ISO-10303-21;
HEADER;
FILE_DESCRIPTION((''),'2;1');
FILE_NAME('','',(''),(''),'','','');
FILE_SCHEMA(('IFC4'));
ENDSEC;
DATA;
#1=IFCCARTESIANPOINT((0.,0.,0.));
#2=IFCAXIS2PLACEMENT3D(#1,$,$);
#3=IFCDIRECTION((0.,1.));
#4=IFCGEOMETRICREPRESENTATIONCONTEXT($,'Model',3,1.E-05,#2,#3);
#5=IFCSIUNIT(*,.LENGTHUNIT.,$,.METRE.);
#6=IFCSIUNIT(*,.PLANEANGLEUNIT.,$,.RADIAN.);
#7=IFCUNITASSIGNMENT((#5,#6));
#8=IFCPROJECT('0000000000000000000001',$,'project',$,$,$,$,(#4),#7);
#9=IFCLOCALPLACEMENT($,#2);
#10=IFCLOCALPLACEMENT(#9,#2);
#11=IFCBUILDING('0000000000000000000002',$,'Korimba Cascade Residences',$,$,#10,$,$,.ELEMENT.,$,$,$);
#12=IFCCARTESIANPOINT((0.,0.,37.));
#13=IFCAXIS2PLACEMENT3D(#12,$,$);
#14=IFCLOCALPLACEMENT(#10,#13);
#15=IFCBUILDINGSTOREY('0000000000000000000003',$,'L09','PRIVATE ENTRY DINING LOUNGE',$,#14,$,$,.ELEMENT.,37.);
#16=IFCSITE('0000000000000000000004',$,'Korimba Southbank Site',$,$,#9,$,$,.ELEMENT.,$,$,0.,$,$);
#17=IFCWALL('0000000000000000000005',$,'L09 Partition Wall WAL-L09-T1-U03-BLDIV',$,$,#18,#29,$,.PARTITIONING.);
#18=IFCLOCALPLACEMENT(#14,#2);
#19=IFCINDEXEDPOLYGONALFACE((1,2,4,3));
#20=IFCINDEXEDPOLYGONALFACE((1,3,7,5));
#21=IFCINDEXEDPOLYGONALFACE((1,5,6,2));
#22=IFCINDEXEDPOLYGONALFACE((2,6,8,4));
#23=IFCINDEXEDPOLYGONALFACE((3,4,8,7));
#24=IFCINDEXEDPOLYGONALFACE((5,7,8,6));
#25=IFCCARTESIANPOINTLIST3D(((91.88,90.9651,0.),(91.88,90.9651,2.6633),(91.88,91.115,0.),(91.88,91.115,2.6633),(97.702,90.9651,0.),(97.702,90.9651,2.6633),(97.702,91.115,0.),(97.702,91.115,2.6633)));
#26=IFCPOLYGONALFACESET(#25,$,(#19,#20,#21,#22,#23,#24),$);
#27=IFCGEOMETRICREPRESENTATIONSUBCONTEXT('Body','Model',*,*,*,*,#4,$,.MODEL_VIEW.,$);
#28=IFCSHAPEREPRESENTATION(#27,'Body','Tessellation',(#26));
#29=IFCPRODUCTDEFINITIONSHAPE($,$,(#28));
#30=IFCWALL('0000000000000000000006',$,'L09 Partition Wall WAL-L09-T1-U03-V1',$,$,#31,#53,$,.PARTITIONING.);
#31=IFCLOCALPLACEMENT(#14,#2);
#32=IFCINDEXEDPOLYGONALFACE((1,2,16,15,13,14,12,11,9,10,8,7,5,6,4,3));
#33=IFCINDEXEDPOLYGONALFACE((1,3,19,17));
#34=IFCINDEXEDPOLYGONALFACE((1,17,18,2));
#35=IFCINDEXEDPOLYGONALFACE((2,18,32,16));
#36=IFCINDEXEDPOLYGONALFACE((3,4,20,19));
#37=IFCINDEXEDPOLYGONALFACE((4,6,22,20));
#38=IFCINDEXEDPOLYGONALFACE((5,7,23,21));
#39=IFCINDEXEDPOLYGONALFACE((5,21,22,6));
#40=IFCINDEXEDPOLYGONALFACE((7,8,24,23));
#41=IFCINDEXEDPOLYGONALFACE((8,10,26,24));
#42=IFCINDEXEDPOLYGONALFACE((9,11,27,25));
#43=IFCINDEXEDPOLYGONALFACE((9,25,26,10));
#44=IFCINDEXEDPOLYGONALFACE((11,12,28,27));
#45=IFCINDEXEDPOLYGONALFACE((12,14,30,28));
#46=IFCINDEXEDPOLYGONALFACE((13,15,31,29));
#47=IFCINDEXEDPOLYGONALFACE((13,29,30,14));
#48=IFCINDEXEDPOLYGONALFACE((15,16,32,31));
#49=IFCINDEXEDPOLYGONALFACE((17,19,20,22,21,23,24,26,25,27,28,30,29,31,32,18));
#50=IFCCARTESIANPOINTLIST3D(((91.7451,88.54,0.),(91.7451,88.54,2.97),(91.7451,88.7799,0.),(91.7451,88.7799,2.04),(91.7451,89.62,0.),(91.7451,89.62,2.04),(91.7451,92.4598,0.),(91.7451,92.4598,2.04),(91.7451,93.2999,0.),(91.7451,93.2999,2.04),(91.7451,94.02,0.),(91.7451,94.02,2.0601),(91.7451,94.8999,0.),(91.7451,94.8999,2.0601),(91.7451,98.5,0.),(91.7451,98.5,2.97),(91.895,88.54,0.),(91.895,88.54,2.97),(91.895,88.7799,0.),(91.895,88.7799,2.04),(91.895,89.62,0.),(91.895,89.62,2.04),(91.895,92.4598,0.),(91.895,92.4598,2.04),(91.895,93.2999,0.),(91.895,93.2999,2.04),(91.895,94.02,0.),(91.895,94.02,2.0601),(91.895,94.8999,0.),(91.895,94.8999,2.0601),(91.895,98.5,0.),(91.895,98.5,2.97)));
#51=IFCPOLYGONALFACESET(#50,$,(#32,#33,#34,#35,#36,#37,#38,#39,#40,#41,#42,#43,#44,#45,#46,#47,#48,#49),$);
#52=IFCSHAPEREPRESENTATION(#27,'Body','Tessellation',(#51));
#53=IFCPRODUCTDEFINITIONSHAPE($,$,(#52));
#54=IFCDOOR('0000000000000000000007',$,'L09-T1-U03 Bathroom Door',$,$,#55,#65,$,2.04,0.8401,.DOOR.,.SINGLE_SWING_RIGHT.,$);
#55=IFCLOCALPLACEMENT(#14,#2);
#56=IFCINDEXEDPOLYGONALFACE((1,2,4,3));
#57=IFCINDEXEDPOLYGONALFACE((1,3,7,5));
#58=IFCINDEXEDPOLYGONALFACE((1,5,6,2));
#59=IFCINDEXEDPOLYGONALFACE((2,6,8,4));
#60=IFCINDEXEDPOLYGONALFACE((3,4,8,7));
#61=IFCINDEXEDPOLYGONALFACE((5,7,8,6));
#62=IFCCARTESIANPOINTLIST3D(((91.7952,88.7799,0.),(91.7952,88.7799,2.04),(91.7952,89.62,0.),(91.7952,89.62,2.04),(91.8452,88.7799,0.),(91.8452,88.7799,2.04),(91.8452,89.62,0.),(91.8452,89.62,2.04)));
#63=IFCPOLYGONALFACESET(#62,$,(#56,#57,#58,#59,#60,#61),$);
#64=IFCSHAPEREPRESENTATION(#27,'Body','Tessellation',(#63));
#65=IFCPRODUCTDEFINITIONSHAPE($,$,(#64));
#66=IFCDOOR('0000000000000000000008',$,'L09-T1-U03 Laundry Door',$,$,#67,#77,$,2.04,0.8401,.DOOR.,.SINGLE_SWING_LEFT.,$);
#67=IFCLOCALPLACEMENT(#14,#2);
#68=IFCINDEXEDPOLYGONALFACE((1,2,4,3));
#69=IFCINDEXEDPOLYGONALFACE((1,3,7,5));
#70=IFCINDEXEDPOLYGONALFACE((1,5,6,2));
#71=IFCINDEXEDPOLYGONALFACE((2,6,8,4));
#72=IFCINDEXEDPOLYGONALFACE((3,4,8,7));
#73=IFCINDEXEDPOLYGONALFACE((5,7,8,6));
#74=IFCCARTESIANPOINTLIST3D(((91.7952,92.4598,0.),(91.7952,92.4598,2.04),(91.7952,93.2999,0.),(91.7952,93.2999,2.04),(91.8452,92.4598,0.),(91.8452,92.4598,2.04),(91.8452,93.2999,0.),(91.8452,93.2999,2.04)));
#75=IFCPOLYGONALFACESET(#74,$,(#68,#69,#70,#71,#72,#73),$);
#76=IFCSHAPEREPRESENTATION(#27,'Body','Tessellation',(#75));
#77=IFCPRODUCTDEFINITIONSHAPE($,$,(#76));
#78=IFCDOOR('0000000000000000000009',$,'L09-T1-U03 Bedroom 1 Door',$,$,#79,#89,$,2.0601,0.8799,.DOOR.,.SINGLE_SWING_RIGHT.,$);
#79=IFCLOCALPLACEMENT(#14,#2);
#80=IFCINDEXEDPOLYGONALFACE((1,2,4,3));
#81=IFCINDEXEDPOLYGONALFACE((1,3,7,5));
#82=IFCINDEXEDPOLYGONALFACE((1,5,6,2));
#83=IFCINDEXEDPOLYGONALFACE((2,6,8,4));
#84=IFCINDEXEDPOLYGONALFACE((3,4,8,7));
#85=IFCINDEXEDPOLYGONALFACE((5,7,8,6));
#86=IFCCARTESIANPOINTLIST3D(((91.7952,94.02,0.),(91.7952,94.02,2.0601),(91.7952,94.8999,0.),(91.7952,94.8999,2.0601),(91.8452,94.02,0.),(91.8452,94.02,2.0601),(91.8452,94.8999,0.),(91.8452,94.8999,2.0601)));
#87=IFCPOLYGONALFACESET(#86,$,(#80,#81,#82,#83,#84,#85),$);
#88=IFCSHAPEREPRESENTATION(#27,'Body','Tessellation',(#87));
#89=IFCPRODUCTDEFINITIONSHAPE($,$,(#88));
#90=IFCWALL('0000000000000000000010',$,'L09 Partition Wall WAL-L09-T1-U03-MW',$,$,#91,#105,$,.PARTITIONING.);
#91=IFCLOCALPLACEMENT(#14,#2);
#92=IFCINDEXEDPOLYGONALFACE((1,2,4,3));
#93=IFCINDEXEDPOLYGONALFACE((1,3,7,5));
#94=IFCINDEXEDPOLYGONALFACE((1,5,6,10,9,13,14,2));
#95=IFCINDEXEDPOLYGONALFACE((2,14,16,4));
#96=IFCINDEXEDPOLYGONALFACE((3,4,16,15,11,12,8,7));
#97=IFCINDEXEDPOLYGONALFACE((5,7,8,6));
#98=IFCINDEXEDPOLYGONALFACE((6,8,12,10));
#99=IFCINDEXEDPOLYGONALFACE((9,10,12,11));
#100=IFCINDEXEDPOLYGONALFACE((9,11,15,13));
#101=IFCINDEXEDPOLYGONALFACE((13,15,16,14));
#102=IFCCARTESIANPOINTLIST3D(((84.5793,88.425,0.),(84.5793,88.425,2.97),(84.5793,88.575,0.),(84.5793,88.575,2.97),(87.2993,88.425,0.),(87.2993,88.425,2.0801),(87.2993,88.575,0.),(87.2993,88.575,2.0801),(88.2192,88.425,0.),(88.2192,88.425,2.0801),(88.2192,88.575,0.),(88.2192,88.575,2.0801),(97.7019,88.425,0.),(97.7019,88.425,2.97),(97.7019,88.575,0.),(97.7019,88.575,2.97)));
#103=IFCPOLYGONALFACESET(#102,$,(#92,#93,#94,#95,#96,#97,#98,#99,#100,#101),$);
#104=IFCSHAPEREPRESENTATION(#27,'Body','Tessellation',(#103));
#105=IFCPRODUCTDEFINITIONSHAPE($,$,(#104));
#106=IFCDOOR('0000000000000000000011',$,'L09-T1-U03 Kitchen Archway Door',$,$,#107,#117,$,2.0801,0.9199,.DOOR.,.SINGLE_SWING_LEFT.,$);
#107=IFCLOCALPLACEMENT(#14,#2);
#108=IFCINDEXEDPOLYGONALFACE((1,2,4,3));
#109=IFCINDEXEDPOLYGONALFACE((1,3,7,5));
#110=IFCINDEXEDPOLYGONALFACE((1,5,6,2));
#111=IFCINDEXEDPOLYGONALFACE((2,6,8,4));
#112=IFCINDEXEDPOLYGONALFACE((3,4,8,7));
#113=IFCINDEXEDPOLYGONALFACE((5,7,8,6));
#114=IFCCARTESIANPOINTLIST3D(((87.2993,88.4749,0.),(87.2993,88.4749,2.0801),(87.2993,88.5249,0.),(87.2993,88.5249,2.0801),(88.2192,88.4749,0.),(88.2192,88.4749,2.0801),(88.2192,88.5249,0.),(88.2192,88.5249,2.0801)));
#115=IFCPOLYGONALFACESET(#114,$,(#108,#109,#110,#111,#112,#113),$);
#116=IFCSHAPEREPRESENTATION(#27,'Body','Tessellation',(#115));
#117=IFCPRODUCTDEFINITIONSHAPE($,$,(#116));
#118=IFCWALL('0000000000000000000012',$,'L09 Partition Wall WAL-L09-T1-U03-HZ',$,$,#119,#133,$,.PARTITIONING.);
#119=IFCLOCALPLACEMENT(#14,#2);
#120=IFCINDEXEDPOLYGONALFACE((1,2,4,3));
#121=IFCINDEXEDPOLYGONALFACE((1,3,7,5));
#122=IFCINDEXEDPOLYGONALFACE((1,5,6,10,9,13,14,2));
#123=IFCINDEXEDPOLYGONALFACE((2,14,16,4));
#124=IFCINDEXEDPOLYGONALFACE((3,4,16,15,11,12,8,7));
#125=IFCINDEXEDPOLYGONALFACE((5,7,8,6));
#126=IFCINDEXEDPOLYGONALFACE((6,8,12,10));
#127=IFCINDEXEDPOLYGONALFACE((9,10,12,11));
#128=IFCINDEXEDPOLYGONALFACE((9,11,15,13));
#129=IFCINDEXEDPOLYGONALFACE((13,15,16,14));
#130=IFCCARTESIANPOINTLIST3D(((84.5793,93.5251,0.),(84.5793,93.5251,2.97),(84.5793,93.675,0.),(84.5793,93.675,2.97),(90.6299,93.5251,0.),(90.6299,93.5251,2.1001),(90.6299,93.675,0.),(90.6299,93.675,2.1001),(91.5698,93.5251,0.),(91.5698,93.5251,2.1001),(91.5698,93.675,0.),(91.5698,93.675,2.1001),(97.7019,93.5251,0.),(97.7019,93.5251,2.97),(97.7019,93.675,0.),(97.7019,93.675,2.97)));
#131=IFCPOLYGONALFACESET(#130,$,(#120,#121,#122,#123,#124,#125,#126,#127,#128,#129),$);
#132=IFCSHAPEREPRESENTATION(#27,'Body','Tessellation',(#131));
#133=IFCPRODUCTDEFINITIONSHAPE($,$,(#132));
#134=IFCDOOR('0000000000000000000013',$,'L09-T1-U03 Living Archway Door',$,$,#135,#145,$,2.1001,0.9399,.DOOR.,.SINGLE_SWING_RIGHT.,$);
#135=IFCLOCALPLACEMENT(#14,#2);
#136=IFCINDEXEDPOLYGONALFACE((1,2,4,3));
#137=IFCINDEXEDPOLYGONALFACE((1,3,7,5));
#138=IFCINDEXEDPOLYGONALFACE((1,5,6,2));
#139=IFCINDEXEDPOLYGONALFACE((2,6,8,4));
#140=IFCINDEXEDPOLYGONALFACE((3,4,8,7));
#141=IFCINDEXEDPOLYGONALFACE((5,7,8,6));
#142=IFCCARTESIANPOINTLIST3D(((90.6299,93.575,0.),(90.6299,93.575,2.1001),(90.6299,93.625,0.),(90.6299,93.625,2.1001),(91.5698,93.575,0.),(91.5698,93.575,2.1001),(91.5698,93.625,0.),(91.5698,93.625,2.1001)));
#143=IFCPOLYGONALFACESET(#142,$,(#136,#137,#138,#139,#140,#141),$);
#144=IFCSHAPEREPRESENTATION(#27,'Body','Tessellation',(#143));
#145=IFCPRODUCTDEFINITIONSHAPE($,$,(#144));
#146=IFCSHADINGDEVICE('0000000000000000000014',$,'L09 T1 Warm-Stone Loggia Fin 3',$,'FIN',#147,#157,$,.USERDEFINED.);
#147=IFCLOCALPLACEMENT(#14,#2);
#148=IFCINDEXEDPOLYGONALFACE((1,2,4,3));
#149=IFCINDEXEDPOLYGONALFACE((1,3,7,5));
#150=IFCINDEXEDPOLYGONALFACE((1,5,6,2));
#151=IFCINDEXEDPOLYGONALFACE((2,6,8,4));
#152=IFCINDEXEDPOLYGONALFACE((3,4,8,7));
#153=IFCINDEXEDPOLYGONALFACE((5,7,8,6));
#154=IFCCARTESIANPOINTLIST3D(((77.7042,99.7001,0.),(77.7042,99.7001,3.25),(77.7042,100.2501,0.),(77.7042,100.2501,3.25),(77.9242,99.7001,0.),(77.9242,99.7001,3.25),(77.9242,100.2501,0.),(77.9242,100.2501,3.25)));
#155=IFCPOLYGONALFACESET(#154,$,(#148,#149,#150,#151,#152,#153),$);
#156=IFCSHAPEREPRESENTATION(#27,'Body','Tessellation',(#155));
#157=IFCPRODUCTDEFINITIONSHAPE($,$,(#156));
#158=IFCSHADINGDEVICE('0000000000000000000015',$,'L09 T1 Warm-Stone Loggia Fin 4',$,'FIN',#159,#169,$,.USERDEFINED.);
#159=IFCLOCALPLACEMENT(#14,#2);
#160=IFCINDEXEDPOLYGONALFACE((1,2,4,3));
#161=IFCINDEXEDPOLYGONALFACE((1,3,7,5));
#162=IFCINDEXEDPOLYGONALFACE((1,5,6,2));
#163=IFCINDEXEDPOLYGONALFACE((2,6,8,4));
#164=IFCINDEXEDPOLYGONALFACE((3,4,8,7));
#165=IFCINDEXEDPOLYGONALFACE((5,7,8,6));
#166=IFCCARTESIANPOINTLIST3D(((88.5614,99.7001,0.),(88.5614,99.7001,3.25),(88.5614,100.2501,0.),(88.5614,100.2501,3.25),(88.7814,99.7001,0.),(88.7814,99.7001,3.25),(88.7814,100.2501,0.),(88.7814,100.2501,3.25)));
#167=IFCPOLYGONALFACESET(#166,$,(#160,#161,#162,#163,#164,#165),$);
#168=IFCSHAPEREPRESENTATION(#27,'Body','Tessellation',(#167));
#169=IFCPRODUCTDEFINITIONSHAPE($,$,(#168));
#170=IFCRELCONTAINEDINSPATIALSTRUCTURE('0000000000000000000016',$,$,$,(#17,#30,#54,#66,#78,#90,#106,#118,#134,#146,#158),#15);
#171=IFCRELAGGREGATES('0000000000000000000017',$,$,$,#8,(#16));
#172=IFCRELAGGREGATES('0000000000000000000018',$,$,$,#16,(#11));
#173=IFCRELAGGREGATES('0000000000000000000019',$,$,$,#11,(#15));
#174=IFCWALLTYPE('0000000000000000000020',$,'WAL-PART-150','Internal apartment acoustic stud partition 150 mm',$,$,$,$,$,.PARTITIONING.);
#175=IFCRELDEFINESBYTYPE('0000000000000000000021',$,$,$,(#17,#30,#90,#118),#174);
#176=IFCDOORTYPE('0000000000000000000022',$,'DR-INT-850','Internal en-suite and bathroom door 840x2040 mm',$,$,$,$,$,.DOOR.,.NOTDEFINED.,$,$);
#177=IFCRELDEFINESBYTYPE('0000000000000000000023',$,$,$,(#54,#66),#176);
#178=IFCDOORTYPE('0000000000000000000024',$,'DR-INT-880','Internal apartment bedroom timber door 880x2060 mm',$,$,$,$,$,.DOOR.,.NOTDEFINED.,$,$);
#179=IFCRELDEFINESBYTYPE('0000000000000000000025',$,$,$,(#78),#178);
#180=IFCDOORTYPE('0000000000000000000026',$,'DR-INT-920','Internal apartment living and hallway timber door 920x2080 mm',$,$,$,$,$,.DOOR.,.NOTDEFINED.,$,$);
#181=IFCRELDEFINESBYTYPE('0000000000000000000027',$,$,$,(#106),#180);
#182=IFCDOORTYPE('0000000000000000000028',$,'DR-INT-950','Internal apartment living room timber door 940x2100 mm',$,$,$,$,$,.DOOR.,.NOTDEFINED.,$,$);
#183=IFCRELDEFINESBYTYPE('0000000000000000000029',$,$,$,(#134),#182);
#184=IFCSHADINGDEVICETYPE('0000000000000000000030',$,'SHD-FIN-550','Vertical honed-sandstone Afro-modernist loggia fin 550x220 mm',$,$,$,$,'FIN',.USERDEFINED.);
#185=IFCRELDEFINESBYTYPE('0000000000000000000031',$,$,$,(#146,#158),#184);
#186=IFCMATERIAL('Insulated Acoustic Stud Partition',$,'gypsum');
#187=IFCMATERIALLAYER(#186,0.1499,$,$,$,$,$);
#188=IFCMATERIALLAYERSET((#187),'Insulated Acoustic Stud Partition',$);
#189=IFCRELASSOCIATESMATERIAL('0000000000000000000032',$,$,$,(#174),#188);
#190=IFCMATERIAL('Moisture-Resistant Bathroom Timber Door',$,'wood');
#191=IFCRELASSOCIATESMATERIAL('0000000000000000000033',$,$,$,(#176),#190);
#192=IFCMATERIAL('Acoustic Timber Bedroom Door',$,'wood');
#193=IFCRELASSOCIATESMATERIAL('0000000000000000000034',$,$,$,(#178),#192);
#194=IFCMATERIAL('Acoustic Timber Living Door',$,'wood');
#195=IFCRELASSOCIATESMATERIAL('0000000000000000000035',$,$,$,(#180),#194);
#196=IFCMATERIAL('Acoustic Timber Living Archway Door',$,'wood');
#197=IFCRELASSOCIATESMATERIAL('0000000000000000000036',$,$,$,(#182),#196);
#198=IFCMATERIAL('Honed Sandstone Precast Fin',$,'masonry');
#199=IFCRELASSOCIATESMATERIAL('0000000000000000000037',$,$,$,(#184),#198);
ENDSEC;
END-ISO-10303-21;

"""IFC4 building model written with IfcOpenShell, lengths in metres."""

from ifc_helpers import new_model, si_unit, direction, frame, frame_2d, origin, origin_2d, place, context, subcontext, project, spatial, rectangle, extrude, material, layer, layer_set, type_object, element, fill, save


model = new_model("IFC4")

# Units and contexts
model_context = context("Model", 3, precision=1e-05, world=origin(), true_north=direction((0.0, 1.0)))
body_context = subcontext(model_context, "Body", "Model", "MODEL_VIEW")
ifc_project = project(units=[si_unit("LENGTHUNIT", "METRE"), si_unit("PLANEANGLEUNIT", "RADIAN")], contexts=[model_context])

# Site, building, storey
site_placement = place(None, origin())
site = spatial("IfcSite", under=ifc_project, at=site_placement, Name="Korimba Southbank Site", CompositionType="ELEMENT", RefElevation=0.0)
building_placement = place(site_placement, origin())
building = spatial("IfcBuilding", under=site, at=building_placement, Name="Korimba Cascade Residences", CompositionType="ELEMENT")
storey_placement = place(building_placement, frame((0.0, 0.0, 37.0)))
storey = spatial("IfcBuildingStorey", under=building, at=storey_placement, Name="L09", Description="PRIVATE ENTRY DINING LOUNGE", CompositionType="ELEMENT", Elevation=37.0)

# Wall
ifc_material_1 = material(Name="Insulated Acoustic Stud Partition", Category="gypsum")
ifc_layer = layer(ifc_material_1, 0.1499)
ifc_layer_set = layer_set([ifc_layer], Name="Insulated Acoustic Stud Partition")
wall_type = type_object("IfcWallType", Name="WAL-PART-150", Description="Internal apartment acoustic stud partition 150 mm", PredefinedType="PARTITIONING", material=ifc_layer_set)
wall_1_placement = place(storey_placement, frame((91.8799, 91.04, 0.0), z_axis=(0.0, 0.0, 1.0), x_axis=(1.0, 0.0, 0.0)))
element("IfcWall", 1, at=wall_1_placement, inside=storey, type_object=wall_type, Name="L09 Partition Wall WAL-L09-T1-U03-BLDIV", PredefinedType="PARTITIONING", context=body_context, shape_type="SweptSolid", body=[
    extrude(rectangle(XDim=5.822, YDim=0.1499, at=frame_2d((2.9111, 0.0))), origin(), (0.0, 0.0, 1.0), 2.6633),
])

# Wall, openings, doors
wall_2_placement = place(storey_placement, frame((91.8201, 88.54, 0.0), z_axis=(0.0, 0.0, 1.0), x_axis=(0.0, 1.0, 0.0)))
wall_2 = element("IfcWall", 2, at=wall_2_placement, inside=storey, type_object=wall_type, Name="L09 Partition Wall WAL-L09-T1-U03-V1", PredefinedType="PARTITIONING", context=body_context, shape_type="SweptSolid", body=[
    extrude(rectangle(XDim=9.96, YDim=0.1499, at=frame_2d((4.98, 0.0))), origin(), (0.0, 0.0, 1.0), 2.97),
])
opening_1_placement = place(wall_2_placement, frame((0.24, 0.0, 0.0)))
opening_1 = element("IfcOpeningElement", 3, at=opening_1_placement, cuts=wall_2, PredefinedType="OPENING", context=body_context, shape_type="SweptSolid", body=[
    extrude(rectangle(XDim=0.8401, YDim=2.04, at=frame_2d((0.4199, 1.02))), frame((0.0, 0.085, 0.0), z_axis=(0.0, -1.0, 0.0), x_axis=(1.0, 0.0, 0.0)), (0.0, 0.0, 1.0), 0.1699),
])
opening_2_placement = place(wall_2_placement, frame((3.9199, 0.0, 0.0)))
opening_2 = element("IfcOpeningElement", 4, at=opening_2_placement, cuts=wall_2, PredefinedType="OPENING", context=body_context, shape_type="SweptSolid", body=[
    extrude(rectangle(XDim=0.8401, YDim=2.04, at=frame_2d((0.4199, 1.02))), frame((0.0, 0.085, 0.0), z_axis=(0.0, -1.0, 0.0), x_axis=(1.0, 0.0, 0.0)), (0.0, 0.0, 1.0), 0.1699),
])
opening_3_placement = place(wall_2_placement, frame((5.48, 0.0, 0.0)))
opening_3 = element("IfcOpeningElement", 5, at=opening_3_placement, cuts=wall_2, PredefinedType="OPENING", context=body_context, shape_type="SweptSolid", body=[
    extrude(rectangle(XDim=0.8799, YDim=2.0601, at=frame_2d((0.4399, 1.03))), frame((0.0, 0.085, 0.0), z_axis=(0.0, -1.0, 0.0), x_axis=(1.0, 0.0, 0.0)), (0.0, 0.0, 1.0), 0.1699),
])
ifc_material_2 = material(Name="Moisture-Resistant Bathroom Timber Door", Category="wood")
door_type_1 = type_object("IfcDoorType", Name="DR-INT-850", Description="Internal en-suite and bathroom door 840x2040 mm", OperationType="NOTDEFINED", PredefinedType="DOOR", material=ifc_material_2)
door_1_placement = place(opening_1_placement, origin())
door_1 = element("IfcDoor", 6, at=door_1_placement, inside=storey, type_object=door_type_1, Name="L09-T1-U03 Bathroom Door", OperationType="SINGLE_SWING_RIGHT", OverallHeight=2.04, OverallWidth=0.8401, PredefinedType="DOOR", context=body_context, shape_type="SweptSolid", body=[
    extrude(rectangle(XDim=0.8401, YDim=2.04, at=frame_2d((0.4199, 1.02))), frame((0.0, 0.0249, 0.0), z_axis=(0.0, -1.0, 0.0), x_axis=(1.0, 0.0, 0.0)), (0.0, 0.0, 1.0), 0.05),
])
fill(opening_1, door_1)
door_2_placement = place(opening_2_placement, origin())
door_2 = element("IfcDoor", 7, at=door_2_placement, inside=storey, type_object=door_type_1, Name="L09-T1-U03 Laundry Door", OperationType="SINGLE_SWING_LEFT", OverallHeight=2.04, OverallWidth=0.8401, PredefinedType="DOOR", context=body_context, shape_type="SweptSolid", body=[
    extrude(rectangle(XDim=0.8401, YDim=2.04, at=frame_2d((0.4199, 1.02))), frame((0.0, 0.0249, 0.0), z_axis=(0.0, -1.0, 0.0), x_axis=(1.0, 0.0, 0.0)), (0.0, 0.0, 1.0), 0.05),
])
fill(opening_2, door_2)
ifc_material_3 = material(Name="Acoustic Timber Bedroom Door", Category="wood")
door_type_2 = type_object("IfcDoorType", Name="DR-INT-880", Description="Internal apartment bedroom timber door 880x2060 mm", OperationType="NOTDEFINED", PredefinedType="DOOR", material=ifc_material_3)
door_3_placement = place(opening_3_placement, origin())
door_3 = element("IfcDoor", 8, at=door_3_placement, inside=storey, type_object=door_type_2, Name="L09-T1-U03 Bedroom 1 Door", OperationType="SINGLE_SWING_RIGHT", OverallHeight=2.0601, OverallWidth=0.8799, PredefinedType="DOOR", context=body_context, shape_type="SweptSolid", body=[
    extrude(rectangle(XDim=0.8799, YDim=2.0601, at=frame_2d((0.4399, 1.03))), frame((0.0, 0.0249, 0.0), z_axis=(0.0, -1.0, 0.0), x_axis=(1.0, 0.0, 0.0)), (0.0, 0.0, 1.0), 0.05),
])
fill(opening_3, door_3)

# Walls, openings, doors
wall_3_placement = place(storey_placement, frame((84.5793, 88.5, 0.0), z_axis=(0.0, 0.0, 1.0), x_axis=(1.0, 0.0, 0.0)))
wall_3 = element("IfcWall", 9, at=wall_3_placement, inside=storey, type_object=wall_type, Name="L09 Partition Wall WAL-L09-T1-U03-MW", PredefinedType="PARTITIONING", context=body_context, shape_type="SweptSolid", body=[
    extrude(rectangle(XDim=13.1226, YDim=0.1499, at=frame_2d((6.5613, 0.0))), origin(), (0.0, 0.0, 1.0), 2.97),
])
opening_4_placement = place(wall_3_placement, frame((2.72, 0.0, 0.0)))
opening_4 = element("IfcOpeningElement", 10, at=opening_4_placement, cuts=wall_3, PredefinedType="OPENING", context=body_context, shape_type="SweptSolid", body=[
    extrude(rectangle(XDim=0.9199, YDim=2.0801, at=frame_2d((0.46, 1.04))), frame((0.0, 0.085, 0.0), z_axis=(0.0, -1.0, 0.0), x_axis=(1.0, 0.0, 0.0)), (0.0, 0.0, 1.0), 0.1699),
])
ifc_material_4 = material(Name="Acoustic Timber Living Door", Category="wood")
door_type_3 = type_object("IfcDoorType", Name="DR-INT-920", Description="Internal apartment living and hallway timber door 920x2080 mm", OperationType="NOTDEFINED", PredefinedType="DOOR", material=ifc_material_4)
door_4_placement = place(opening_4_placement, origin())
door_4 = element("IfcDoor", 11, at=door_4_placement, inside=storey, type_object=door_type_3, Name="L09-T1-U03 Kitchen Archway Door", OperationType="SINGLE_SWING_LEFT", OverallHeight=2.0801, OverallWidth=0.9199, PredefinedType="DOOR", context=body_context, shape_type="SweptSolid", body=[
    extrude(rectangle(XDim=0.9199, YDim=2.0801, at=frame_2d((0.46, 1.04))), frame((0.0, 0.0249, 0.0), z_axis=(0.0, -1.0, 0.0), x_axis=(1.0, 0.0, 0.0)), (0.0, 0.0, 1.0), 0.05),
])
fill(opening_4, door_4)
wall_4_placement = place(storey_placement, frame((84.5793, 93.6001, 0.0), z_axis=(0.0, 0.0, 1.0), x_axis=(1.0, 0.0, 0.0)))
wall_4 = element("IfcWall", 12, at=wall_4_placement, inside=storey, type_object=wall_type, Name="L09 Partition Wall WAL-L09-T1-U03-HZ", PredefinedType="PARTITIONING", context=body_context, shape_type="SweptSolid", body=[
    extrude(rectangle(XDim=13.1226, YDim=0.1499, at=frame_2d((6.5613, 0.0))), origin(), (0.0, 0.0, 1.0), 2.97),
])
opening_5_placement = place(wall_4_placement, frame((6.0505, 0.0, 0.0)))
opening_5 = element("IfcOpeningElement", 13, at=opening_5_placement, cuts=wall_4, PredefinedType="OPENING", context=body_context, shape_type="SweptSolid", body=[
    extrude(rectangle(XDim=0.9399, YDim=2.1001, at=frame_2d((0.47, 1.05))), frame((0.0, 0.085, 0.0), z_axis=(0.0, -1.0, 0.0), x_axis=(1.0, 0.0, 0.0)), (0.0, 0.0, 1.0), 0.1699),
])
ifc_material_5 = material(Name="Acoustic Timber Living Archway Door", Category="wood")
door_type_4 = type_object("IfcDoorType", Name="DR-INT-950", Description="Internal apartment living room timber door 940x2100 mm", OperationType="NOTDEFINED", PredefinedType="DOOR", material=ifc_material_5)
door_5_placement = place(opening_5_placement, origin())
door_5 = element("IfcDoor", 14, at=door_5_placement, inside=storey, type_object=door_type_4, Name="L09-T1-U03 Living Archway Door", OperationType="SINGLE_SWING_RIGHT", OverallHeight=2.1001, OverallWidth=0.9399, PredefinedType="DOOR", context=body_context, shape_type="SweptSolid", body=[
    extrude(rectangle(XDim=0.9399, YDim=2.1001, at=frame_2d((0.47, 1.05))), frame((0.0, 0.0249, 0.0), z_axis=(0.0, -1.0, 0.0), x_axis=(1.0, 0.0, 0.0)), (0.0, 0.0, 1.0), 0.05),
])
fill(opening_5, door_5)

# Shading devices
ifc_material_6 = material(Name="Honed Sandstone Precast Fin", Category="masonry")
shading_device_type = type_object("IfcShadingDeviceType", Name="SHD-FIN-550", Description="Vertical honed-sandstone Afro-modernist loggia fin 550x220 mm", ElementType="FIN", PredefinedType="USERDEFINED", material=ifc_material_6)
for number, where, z_axis, x_axis, name in (
    (15, (77.8142, 99.9751, 0.0), (0.0, 0.0, 1.0), (1.0, 0.0, 0.0), "L09 T1 Warm-Stone Loggia Fin 3"),
    (16, (88.6714, 99.9751, 0.0), (0.0, 0.0, 1.0), (1.0, 0.0, 0.0), "L09 T1 Warm-Stone Loggia Fin 4"),
):
    element("IfcShadingDevice", number, at=place(storey_placement, frame(where, z_axis=z_axis, x_axis=x_axis)), inside=storey, type_object=shading_device_type, Name=name, ObjectType="FIN", PredefinedType="USERDEFINED", context=body_context, shape_type="SweptSolid", body=[
        extrude(rectangle(XDim=0.22, YDim=0.55, at=origin_2d()), origin(), (0.0, 0.0, 1.0), 3.25),
    ])

save(model, "model.ifc")
